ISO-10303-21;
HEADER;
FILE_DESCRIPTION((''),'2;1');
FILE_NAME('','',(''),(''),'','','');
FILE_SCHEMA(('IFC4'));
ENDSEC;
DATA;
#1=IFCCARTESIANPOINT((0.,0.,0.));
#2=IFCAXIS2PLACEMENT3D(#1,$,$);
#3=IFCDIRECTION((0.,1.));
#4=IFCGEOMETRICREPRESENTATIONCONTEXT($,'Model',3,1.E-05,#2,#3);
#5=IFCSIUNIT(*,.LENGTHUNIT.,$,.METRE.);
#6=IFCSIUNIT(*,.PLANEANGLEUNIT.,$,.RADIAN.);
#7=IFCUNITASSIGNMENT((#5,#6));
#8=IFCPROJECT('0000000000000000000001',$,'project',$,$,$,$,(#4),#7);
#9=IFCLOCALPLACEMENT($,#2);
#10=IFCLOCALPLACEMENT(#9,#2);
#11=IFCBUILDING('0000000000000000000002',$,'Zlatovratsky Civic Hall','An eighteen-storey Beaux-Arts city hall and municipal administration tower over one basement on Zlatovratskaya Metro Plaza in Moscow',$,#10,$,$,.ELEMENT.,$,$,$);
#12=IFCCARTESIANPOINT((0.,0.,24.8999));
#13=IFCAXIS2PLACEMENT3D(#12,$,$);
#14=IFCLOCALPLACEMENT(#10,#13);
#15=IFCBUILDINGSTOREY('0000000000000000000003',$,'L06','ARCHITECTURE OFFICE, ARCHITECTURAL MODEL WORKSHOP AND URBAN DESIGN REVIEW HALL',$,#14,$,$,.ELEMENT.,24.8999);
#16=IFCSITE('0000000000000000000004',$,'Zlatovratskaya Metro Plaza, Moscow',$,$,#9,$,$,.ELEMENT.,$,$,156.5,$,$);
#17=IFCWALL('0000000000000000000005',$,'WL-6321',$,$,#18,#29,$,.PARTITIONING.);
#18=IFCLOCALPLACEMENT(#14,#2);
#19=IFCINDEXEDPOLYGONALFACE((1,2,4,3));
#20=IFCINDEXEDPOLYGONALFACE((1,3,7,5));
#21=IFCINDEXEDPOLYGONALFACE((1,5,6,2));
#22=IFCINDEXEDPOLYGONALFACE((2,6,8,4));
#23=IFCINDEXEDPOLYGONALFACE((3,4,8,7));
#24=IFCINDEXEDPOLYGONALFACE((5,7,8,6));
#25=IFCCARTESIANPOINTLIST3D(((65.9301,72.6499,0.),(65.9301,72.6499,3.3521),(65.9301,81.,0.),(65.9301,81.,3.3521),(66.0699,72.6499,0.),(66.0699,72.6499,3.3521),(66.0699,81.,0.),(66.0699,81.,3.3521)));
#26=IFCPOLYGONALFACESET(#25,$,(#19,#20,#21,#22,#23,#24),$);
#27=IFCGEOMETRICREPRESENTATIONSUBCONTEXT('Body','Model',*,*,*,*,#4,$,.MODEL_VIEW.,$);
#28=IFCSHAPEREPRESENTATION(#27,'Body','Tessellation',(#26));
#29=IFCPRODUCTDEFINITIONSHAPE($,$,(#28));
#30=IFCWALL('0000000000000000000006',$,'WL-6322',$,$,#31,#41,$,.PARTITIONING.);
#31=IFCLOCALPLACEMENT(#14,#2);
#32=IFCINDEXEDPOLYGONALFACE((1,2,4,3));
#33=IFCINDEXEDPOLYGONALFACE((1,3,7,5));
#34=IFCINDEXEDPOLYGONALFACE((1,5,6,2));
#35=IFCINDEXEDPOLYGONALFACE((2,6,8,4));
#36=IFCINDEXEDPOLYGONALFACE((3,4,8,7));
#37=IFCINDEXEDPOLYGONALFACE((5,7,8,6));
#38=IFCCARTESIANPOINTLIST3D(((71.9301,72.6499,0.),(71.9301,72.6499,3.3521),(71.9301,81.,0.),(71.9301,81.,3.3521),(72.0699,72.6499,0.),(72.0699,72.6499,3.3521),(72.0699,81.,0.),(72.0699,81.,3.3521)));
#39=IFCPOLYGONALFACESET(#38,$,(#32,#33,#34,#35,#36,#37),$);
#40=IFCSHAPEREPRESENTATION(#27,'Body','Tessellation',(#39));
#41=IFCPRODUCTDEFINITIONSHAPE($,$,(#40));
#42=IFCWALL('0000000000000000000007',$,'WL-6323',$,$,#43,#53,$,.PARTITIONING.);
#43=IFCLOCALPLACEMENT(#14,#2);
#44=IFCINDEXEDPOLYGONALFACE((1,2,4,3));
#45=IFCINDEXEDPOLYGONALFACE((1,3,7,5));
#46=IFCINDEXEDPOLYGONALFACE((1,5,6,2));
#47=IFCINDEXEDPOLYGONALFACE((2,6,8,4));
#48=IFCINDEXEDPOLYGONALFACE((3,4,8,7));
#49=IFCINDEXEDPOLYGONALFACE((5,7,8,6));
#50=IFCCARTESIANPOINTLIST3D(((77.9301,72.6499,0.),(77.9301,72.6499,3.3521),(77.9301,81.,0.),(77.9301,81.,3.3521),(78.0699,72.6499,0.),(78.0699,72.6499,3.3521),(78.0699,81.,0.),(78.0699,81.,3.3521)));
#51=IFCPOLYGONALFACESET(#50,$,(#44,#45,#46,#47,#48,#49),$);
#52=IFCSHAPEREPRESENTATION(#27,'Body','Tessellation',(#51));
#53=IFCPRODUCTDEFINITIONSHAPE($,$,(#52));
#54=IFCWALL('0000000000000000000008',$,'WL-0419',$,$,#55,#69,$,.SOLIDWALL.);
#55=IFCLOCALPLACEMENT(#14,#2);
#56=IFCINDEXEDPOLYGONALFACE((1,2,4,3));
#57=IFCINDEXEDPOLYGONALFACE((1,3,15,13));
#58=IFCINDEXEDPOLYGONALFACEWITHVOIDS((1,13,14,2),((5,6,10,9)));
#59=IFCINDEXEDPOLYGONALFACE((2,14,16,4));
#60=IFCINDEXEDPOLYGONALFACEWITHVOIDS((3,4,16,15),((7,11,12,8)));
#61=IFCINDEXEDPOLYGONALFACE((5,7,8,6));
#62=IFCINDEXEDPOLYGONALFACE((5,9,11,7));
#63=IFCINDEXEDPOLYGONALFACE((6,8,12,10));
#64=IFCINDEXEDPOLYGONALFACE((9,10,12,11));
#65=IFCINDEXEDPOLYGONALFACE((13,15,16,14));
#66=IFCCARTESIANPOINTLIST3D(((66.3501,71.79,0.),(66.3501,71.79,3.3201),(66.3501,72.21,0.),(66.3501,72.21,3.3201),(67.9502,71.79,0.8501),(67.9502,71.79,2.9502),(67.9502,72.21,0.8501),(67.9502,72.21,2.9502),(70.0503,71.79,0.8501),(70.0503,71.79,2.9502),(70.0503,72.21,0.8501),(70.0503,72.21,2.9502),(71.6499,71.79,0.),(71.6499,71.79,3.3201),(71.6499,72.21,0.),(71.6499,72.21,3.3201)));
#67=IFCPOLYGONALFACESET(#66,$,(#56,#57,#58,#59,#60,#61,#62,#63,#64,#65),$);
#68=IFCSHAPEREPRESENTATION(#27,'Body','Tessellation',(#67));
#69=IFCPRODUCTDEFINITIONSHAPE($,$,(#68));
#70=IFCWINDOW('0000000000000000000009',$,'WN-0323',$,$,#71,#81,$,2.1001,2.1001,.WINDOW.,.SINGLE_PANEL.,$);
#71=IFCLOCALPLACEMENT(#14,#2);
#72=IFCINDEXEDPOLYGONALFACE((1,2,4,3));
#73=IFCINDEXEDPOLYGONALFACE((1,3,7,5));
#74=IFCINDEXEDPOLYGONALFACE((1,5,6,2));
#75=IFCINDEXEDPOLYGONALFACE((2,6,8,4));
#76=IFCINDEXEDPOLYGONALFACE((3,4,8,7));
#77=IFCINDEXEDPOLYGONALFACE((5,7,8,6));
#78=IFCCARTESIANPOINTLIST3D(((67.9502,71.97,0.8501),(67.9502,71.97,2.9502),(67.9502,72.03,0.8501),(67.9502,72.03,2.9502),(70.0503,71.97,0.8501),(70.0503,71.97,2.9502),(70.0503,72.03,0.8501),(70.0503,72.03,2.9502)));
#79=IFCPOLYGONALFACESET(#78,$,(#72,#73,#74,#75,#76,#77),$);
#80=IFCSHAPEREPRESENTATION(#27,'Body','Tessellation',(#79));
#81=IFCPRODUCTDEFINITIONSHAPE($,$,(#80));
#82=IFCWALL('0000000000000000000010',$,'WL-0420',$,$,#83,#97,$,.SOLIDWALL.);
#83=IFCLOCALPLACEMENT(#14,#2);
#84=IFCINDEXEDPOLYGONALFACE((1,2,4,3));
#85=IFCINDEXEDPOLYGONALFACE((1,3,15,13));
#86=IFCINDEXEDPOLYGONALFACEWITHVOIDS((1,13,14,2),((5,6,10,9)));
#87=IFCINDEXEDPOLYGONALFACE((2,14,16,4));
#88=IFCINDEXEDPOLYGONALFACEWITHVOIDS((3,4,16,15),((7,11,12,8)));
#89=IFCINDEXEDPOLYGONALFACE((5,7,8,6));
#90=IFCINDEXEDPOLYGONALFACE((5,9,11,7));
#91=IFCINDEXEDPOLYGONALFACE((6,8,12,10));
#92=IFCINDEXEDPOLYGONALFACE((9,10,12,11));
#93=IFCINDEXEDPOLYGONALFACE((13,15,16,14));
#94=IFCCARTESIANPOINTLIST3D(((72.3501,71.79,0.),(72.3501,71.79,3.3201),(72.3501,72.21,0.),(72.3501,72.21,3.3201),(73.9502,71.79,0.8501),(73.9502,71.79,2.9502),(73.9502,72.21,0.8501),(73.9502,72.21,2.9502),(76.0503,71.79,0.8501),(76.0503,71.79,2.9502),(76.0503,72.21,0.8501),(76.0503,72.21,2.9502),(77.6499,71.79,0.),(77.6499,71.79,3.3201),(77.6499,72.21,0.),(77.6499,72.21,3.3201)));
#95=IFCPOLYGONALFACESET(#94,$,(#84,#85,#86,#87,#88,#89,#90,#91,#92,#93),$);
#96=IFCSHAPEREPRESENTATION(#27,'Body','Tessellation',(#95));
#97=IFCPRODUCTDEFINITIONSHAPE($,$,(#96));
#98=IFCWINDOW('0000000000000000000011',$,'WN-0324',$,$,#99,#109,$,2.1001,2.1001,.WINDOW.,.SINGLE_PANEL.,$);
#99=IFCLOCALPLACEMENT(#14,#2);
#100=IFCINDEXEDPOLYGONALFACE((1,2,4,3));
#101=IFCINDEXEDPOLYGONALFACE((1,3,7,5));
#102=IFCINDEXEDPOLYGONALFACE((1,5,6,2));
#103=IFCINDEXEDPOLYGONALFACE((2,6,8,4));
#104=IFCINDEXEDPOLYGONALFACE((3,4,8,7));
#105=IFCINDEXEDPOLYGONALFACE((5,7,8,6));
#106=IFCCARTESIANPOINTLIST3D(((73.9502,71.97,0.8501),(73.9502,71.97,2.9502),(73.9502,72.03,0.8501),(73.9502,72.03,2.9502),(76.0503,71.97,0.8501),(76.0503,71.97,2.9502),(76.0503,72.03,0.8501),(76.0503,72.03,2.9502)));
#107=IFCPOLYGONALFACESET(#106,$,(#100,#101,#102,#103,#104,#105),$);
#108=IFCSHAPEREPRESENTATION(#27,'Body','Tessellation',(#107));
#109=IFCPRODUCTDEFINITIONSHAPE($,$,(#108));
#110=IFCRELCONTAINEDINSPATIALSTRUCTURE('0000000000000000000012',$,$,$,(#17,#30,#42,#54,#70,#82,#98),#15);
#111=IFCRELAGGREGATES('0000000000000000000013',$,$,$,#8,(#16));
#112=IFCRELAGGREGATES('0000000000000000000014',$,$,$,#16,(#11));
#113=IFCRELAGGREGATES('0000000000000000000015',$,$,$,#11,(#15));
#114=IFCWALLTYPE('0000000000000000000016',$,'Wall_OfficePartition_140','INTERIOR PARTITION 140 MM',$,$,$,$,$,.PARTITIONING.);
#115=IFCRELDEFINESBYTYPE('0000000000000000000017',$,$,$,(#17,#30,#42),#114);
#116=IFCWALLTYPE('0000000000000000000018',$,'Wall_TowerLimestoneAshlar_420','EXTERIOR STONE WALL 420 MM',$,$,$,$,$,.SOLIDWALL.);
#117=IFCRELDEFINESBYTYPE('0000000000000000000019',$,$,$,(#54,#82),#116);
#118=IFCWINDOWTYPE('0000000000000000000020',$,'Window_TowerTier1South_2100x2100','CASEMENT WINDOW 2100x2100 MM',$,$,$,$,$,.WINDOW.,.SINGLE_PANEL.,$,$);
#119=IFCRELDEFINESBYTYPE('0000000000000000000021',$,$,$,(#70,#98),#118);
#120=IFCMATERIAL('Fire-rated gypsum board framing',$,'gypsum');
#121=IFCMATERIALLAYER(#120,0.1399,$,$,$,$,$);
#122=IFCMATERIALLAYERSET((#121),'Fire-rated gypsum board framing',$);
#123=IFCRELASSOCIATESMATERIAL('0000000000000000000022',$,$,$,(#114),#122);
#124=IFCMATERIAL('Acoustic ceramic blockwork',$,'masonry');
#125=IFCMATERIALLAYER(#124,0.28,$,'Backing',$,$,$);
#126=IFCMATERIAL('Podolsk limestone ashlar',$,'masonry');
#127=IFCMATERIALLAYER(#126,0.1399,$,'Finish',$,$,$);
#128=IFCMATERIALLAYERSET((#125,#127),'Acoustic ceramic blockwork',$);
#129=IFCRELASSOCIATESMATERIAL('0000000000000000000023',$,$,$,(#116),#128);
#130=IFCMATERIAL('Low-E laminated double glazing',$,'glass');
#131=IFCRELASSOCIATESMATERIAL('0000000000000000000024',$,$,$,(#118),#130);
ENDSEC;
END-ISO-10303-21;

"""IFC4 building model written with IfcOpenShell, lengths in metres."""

from ifc_helpers import new_model, si_unit, direction, frame, frame_2d, origin, place, context, subcontext, project, spatial, rectangle, extrude, material, layer, layer_set, type_object, element, fill, save


model = new_model("IFC4")

# Units and contexts
model_context = context("Model", 3, precision=1e-05, world=origin(), true_north=direction((0.0, 1.0)))
body_context = subcontext(model_context, "Body", "Model", "MODEL_VIEW")
ifc_project = project(units=[si_unit("LENGTHUNIT", "METRE"), si_unit("PLANEANGLEUNIT", "RADIAN")], contexts=[model_context])

# Site, building, storey
site_placement = place(None, origin())
site = spatial("IfcSite", under=ifc_project, at=site_placement, Name="Zlatovratskaya Metro Plaza, Moscow", CompositionType="ELEMENT", RefElevation=156.5)
building_placement = place(site_placement, origin())
building = spatial("IfcBuilding", under=site, at=building_placement, Name="Zlatovratsky Civic Hall", Description="An eighteen-storey Beaux-Arts city hall and municipal administration tower over one basement on Zlatovratskaya Metro Plaza in Moscow", CompositionType="ELEMENT")
storey_placement = place(building_placement, frame((0.0, 0.0, 24.8999)))
storey = spatial("IfcBuildingStorey", under=building, at=storey_placement, Name="L06", Description="ARCHITECTURE OFFICE, ARCHITECTURAL MODEL WORKSHOP AND URBAN DESIGN REVIEW HALL", CompositionType="ELEMENT", Elevation=24.8999)

# Walls
ifc_material_1 = material(Name="Fire-rated gypsum board framing", Category="gypsum")
ifc_layer_1 = layer(ifc_material_1, 0.1399)
ifc_layer_set_1 = layer_set([ifc_layer_1], Name="Fire-rated gypsum board framing")
wall_type_1 = type_object("IfcWallType", Name="Wall_OfficePartition_140", Description="INTERIOR PARTITION 140 MM", PredefinedType="PARTITIONING", material=ifc_layer_set_1)
for number, where, z_axis, x_axis, name in (
    (1, (66.0, 72.6499, 0.0), (0.0, 0.0, 1.0), (0.0, 1.0, 0.0), "WL-6321"),
    (2, (72.0, 72.6499, 0.0), (0.0, 0.0, 1.0), (0.0, 1.0, 0.0), "WL-6322"),
    (3, (78.0, 72.6499, 0.0), (0.0, 0.0, 1.0), (0.0, 1.0, 0.0), "WL-6323"),
):
    element("IfcWall", number, at=place(storey_placement, frame(where, z_axis=z_axis, x_axis=x_axis)), inside=storey, type_object=wall_type_1, Name=name, PredefinedType="PARTITIONING", context=body_context, shape_type="SweptSolid", body=[
        extrude(rectangle(XDim=8.3501, YDim=0.1399, at=frame_2d((4.175, 0.0))), origin(), (0.0, 0.0, 1.0), 3.3521),
    ])

# Walls, openings, windows
ifc_material_2 = material(Name="Acoustic ceramic blockwork", Category="masonry")
ifc_layer_2 = layer(ifc_material_2, 0.28, Name="Backing")
ifc_material_3 = material(Name="Podolsk limestone ashlar", Category="masonry")
ifc_layer_3 = layer(ifc_material_3, 0.1399, Name="Finish")
ifc_layer_set_2 = layer_set([ifc_layer_2, ifc_layer_3], Name="Acoustic ceramic blockwork")
wall_type_2 = type_object("IfcWallType", Name="Wall_TowerLimestoneAshlar_420", Description="EXTERIOR STONE WALL 420 MM", PredefinedType="SOLIDWALL", material=ifc_layer_set_2)
wall_1_placement = place(storey_placement, frame((66.3501, 72.0, 0.0), z_axis=(0.0, 0.0, 1.0), x_axis=(1.0, 0.0, 0.0)))
wall_1 = element("IfcWall", 4, at=wall_1_placement, inside=storey, type_object=wall_type_2, Name="WL-0419", PredefinedType="SOLIDWALL", context=body_context, shape_type="SweptSolid", body=[
    extrude(rectangle(XDim=5.2998, YDim=0.4199, at=frame_2d((2.6499, 0.0))), origin(), (0.0, 0.0, 1.0), 3.3201),
])
opening_1_placement = place(wall_1_placement, frame((1.6001, 0.0, 0.8501)))
opening_1 = element("IfcOpeningElement", 5, at=opening_1_placement, cuts=wall_1, PredefinedType="OPENING", context=body_context, shape_type="SweptSolid", body=[
    extrude(rectangle(XDim=2.1001, YDim=2.1001, at=frame_2d((1.05, 1.05))), frame((0.0, 0.2249, 0.0), z_axis=(0.0, -1.0, 0.0), x_axis=(1.0, 0.0, 0.0)), (0.0, 0.0, 1.0), 0.4497),
])
ifc_material_4 = material(Name="Low-E laminated double glazing", Category="glass")
window_type = type_object("IfcWindowType", Name="Window_TowerTier1South_2100x2100", Description="CASEMENT WINDOW 2100x2100 MM", PartitioningType="SINGLE_PANEL", PredefinedType="WINDOW", material=ifc_material_4)
window_1_placement = place(opening_1_placement, origin())
window_1 = element("IfcWindow", 6, at=window_1_placement, inside=storey, type_object=window_type, Name="WN-0323", OverallHeight=2.1001, OverallWidth=2.1001, PartitioningType="SINGLE_PANEL", PredefinedType="WINDOW", context=body_context, shape_type="SweptSolid", body=[
    extrude(rectangle(XDim=2.1001, YDim=2.1001, at=frame_2d((1.05, 1.05))), frame((0.0, 0.03, 0.0), z_axis=(0.0, -1.0, 0.0), x_axis=(1.0, 0.0, 0.0)), (0.0, 0.0, 1.0), 0.0601),
])
fill(opening_1, window_1)
wall_2_placement = place(storey_placement, frame((72.3501, 72.0, 0.0), z_axis=(0.0, 0.0, 1.0), x_axis=(1.0, 0.0, 0.0)))
wall_2 = element("IfcWall", 7, at=wall_2_placement, inside=storey, type_object=wall_type_2, Name="WL-0420", PredefinedType="SOLIDWALL", context=body_context, shape_type="SweptSolid", body=[
    extrude(rectangle(XDim=5.2998, YDim=0.4199, at=frame_2d((2.6499, 0.0))), origin(), (0.0, 0.0, 1.0), 3.3201),
])
opening_2_placement = place(wall_2_placement, frame((1.6001, 0.0, 0.8501)))
opening_2 = element("IfcOpeningElement", 8, at=opening_2_placement, cuts=wall_2, PredefinedType="OPENING", context=body_context, shape_type="SweptSolid", body=[
    extrude(rectangle(XDim=2.1001, YDim=2.1001, at=frame_2d((1.05, 1.05))), frame((0.0, 0.2249, 0.0), z_axis=(0.0, -1.0, 0.0), x_axis=(1.0, 0.0, 0.0)), (0.0, 0.0, 1.0), 0.4497),
])
window_2_placement = place(opening_2_placement, origin())
window_2 = element("IfcWindow", 9, at=window_2_placement, inside=storey, type_object=window_type, Name="WN-0324", OverallHeight=2.1001, OverallWidth=2.1001, PartitioningType="SINGLE_PANEL", PredefinedType="WINDOW", context=body_context, shape_type="SweptSolid", body=[
    extrude(rectangle(XDim=2.1001, YDim=2.1001, at=frame_2d((1.05, 1.05))), frame((0.0, 0.03, 0.0), z_axis=(0.0, -1.0, 0.0), x_axis=(1.0, 0.0, 0.0)), (0.0, 0.0, 1.0), 0.0601),
])
fill(opening_2, window_2)

save(model, "model.ifc")
